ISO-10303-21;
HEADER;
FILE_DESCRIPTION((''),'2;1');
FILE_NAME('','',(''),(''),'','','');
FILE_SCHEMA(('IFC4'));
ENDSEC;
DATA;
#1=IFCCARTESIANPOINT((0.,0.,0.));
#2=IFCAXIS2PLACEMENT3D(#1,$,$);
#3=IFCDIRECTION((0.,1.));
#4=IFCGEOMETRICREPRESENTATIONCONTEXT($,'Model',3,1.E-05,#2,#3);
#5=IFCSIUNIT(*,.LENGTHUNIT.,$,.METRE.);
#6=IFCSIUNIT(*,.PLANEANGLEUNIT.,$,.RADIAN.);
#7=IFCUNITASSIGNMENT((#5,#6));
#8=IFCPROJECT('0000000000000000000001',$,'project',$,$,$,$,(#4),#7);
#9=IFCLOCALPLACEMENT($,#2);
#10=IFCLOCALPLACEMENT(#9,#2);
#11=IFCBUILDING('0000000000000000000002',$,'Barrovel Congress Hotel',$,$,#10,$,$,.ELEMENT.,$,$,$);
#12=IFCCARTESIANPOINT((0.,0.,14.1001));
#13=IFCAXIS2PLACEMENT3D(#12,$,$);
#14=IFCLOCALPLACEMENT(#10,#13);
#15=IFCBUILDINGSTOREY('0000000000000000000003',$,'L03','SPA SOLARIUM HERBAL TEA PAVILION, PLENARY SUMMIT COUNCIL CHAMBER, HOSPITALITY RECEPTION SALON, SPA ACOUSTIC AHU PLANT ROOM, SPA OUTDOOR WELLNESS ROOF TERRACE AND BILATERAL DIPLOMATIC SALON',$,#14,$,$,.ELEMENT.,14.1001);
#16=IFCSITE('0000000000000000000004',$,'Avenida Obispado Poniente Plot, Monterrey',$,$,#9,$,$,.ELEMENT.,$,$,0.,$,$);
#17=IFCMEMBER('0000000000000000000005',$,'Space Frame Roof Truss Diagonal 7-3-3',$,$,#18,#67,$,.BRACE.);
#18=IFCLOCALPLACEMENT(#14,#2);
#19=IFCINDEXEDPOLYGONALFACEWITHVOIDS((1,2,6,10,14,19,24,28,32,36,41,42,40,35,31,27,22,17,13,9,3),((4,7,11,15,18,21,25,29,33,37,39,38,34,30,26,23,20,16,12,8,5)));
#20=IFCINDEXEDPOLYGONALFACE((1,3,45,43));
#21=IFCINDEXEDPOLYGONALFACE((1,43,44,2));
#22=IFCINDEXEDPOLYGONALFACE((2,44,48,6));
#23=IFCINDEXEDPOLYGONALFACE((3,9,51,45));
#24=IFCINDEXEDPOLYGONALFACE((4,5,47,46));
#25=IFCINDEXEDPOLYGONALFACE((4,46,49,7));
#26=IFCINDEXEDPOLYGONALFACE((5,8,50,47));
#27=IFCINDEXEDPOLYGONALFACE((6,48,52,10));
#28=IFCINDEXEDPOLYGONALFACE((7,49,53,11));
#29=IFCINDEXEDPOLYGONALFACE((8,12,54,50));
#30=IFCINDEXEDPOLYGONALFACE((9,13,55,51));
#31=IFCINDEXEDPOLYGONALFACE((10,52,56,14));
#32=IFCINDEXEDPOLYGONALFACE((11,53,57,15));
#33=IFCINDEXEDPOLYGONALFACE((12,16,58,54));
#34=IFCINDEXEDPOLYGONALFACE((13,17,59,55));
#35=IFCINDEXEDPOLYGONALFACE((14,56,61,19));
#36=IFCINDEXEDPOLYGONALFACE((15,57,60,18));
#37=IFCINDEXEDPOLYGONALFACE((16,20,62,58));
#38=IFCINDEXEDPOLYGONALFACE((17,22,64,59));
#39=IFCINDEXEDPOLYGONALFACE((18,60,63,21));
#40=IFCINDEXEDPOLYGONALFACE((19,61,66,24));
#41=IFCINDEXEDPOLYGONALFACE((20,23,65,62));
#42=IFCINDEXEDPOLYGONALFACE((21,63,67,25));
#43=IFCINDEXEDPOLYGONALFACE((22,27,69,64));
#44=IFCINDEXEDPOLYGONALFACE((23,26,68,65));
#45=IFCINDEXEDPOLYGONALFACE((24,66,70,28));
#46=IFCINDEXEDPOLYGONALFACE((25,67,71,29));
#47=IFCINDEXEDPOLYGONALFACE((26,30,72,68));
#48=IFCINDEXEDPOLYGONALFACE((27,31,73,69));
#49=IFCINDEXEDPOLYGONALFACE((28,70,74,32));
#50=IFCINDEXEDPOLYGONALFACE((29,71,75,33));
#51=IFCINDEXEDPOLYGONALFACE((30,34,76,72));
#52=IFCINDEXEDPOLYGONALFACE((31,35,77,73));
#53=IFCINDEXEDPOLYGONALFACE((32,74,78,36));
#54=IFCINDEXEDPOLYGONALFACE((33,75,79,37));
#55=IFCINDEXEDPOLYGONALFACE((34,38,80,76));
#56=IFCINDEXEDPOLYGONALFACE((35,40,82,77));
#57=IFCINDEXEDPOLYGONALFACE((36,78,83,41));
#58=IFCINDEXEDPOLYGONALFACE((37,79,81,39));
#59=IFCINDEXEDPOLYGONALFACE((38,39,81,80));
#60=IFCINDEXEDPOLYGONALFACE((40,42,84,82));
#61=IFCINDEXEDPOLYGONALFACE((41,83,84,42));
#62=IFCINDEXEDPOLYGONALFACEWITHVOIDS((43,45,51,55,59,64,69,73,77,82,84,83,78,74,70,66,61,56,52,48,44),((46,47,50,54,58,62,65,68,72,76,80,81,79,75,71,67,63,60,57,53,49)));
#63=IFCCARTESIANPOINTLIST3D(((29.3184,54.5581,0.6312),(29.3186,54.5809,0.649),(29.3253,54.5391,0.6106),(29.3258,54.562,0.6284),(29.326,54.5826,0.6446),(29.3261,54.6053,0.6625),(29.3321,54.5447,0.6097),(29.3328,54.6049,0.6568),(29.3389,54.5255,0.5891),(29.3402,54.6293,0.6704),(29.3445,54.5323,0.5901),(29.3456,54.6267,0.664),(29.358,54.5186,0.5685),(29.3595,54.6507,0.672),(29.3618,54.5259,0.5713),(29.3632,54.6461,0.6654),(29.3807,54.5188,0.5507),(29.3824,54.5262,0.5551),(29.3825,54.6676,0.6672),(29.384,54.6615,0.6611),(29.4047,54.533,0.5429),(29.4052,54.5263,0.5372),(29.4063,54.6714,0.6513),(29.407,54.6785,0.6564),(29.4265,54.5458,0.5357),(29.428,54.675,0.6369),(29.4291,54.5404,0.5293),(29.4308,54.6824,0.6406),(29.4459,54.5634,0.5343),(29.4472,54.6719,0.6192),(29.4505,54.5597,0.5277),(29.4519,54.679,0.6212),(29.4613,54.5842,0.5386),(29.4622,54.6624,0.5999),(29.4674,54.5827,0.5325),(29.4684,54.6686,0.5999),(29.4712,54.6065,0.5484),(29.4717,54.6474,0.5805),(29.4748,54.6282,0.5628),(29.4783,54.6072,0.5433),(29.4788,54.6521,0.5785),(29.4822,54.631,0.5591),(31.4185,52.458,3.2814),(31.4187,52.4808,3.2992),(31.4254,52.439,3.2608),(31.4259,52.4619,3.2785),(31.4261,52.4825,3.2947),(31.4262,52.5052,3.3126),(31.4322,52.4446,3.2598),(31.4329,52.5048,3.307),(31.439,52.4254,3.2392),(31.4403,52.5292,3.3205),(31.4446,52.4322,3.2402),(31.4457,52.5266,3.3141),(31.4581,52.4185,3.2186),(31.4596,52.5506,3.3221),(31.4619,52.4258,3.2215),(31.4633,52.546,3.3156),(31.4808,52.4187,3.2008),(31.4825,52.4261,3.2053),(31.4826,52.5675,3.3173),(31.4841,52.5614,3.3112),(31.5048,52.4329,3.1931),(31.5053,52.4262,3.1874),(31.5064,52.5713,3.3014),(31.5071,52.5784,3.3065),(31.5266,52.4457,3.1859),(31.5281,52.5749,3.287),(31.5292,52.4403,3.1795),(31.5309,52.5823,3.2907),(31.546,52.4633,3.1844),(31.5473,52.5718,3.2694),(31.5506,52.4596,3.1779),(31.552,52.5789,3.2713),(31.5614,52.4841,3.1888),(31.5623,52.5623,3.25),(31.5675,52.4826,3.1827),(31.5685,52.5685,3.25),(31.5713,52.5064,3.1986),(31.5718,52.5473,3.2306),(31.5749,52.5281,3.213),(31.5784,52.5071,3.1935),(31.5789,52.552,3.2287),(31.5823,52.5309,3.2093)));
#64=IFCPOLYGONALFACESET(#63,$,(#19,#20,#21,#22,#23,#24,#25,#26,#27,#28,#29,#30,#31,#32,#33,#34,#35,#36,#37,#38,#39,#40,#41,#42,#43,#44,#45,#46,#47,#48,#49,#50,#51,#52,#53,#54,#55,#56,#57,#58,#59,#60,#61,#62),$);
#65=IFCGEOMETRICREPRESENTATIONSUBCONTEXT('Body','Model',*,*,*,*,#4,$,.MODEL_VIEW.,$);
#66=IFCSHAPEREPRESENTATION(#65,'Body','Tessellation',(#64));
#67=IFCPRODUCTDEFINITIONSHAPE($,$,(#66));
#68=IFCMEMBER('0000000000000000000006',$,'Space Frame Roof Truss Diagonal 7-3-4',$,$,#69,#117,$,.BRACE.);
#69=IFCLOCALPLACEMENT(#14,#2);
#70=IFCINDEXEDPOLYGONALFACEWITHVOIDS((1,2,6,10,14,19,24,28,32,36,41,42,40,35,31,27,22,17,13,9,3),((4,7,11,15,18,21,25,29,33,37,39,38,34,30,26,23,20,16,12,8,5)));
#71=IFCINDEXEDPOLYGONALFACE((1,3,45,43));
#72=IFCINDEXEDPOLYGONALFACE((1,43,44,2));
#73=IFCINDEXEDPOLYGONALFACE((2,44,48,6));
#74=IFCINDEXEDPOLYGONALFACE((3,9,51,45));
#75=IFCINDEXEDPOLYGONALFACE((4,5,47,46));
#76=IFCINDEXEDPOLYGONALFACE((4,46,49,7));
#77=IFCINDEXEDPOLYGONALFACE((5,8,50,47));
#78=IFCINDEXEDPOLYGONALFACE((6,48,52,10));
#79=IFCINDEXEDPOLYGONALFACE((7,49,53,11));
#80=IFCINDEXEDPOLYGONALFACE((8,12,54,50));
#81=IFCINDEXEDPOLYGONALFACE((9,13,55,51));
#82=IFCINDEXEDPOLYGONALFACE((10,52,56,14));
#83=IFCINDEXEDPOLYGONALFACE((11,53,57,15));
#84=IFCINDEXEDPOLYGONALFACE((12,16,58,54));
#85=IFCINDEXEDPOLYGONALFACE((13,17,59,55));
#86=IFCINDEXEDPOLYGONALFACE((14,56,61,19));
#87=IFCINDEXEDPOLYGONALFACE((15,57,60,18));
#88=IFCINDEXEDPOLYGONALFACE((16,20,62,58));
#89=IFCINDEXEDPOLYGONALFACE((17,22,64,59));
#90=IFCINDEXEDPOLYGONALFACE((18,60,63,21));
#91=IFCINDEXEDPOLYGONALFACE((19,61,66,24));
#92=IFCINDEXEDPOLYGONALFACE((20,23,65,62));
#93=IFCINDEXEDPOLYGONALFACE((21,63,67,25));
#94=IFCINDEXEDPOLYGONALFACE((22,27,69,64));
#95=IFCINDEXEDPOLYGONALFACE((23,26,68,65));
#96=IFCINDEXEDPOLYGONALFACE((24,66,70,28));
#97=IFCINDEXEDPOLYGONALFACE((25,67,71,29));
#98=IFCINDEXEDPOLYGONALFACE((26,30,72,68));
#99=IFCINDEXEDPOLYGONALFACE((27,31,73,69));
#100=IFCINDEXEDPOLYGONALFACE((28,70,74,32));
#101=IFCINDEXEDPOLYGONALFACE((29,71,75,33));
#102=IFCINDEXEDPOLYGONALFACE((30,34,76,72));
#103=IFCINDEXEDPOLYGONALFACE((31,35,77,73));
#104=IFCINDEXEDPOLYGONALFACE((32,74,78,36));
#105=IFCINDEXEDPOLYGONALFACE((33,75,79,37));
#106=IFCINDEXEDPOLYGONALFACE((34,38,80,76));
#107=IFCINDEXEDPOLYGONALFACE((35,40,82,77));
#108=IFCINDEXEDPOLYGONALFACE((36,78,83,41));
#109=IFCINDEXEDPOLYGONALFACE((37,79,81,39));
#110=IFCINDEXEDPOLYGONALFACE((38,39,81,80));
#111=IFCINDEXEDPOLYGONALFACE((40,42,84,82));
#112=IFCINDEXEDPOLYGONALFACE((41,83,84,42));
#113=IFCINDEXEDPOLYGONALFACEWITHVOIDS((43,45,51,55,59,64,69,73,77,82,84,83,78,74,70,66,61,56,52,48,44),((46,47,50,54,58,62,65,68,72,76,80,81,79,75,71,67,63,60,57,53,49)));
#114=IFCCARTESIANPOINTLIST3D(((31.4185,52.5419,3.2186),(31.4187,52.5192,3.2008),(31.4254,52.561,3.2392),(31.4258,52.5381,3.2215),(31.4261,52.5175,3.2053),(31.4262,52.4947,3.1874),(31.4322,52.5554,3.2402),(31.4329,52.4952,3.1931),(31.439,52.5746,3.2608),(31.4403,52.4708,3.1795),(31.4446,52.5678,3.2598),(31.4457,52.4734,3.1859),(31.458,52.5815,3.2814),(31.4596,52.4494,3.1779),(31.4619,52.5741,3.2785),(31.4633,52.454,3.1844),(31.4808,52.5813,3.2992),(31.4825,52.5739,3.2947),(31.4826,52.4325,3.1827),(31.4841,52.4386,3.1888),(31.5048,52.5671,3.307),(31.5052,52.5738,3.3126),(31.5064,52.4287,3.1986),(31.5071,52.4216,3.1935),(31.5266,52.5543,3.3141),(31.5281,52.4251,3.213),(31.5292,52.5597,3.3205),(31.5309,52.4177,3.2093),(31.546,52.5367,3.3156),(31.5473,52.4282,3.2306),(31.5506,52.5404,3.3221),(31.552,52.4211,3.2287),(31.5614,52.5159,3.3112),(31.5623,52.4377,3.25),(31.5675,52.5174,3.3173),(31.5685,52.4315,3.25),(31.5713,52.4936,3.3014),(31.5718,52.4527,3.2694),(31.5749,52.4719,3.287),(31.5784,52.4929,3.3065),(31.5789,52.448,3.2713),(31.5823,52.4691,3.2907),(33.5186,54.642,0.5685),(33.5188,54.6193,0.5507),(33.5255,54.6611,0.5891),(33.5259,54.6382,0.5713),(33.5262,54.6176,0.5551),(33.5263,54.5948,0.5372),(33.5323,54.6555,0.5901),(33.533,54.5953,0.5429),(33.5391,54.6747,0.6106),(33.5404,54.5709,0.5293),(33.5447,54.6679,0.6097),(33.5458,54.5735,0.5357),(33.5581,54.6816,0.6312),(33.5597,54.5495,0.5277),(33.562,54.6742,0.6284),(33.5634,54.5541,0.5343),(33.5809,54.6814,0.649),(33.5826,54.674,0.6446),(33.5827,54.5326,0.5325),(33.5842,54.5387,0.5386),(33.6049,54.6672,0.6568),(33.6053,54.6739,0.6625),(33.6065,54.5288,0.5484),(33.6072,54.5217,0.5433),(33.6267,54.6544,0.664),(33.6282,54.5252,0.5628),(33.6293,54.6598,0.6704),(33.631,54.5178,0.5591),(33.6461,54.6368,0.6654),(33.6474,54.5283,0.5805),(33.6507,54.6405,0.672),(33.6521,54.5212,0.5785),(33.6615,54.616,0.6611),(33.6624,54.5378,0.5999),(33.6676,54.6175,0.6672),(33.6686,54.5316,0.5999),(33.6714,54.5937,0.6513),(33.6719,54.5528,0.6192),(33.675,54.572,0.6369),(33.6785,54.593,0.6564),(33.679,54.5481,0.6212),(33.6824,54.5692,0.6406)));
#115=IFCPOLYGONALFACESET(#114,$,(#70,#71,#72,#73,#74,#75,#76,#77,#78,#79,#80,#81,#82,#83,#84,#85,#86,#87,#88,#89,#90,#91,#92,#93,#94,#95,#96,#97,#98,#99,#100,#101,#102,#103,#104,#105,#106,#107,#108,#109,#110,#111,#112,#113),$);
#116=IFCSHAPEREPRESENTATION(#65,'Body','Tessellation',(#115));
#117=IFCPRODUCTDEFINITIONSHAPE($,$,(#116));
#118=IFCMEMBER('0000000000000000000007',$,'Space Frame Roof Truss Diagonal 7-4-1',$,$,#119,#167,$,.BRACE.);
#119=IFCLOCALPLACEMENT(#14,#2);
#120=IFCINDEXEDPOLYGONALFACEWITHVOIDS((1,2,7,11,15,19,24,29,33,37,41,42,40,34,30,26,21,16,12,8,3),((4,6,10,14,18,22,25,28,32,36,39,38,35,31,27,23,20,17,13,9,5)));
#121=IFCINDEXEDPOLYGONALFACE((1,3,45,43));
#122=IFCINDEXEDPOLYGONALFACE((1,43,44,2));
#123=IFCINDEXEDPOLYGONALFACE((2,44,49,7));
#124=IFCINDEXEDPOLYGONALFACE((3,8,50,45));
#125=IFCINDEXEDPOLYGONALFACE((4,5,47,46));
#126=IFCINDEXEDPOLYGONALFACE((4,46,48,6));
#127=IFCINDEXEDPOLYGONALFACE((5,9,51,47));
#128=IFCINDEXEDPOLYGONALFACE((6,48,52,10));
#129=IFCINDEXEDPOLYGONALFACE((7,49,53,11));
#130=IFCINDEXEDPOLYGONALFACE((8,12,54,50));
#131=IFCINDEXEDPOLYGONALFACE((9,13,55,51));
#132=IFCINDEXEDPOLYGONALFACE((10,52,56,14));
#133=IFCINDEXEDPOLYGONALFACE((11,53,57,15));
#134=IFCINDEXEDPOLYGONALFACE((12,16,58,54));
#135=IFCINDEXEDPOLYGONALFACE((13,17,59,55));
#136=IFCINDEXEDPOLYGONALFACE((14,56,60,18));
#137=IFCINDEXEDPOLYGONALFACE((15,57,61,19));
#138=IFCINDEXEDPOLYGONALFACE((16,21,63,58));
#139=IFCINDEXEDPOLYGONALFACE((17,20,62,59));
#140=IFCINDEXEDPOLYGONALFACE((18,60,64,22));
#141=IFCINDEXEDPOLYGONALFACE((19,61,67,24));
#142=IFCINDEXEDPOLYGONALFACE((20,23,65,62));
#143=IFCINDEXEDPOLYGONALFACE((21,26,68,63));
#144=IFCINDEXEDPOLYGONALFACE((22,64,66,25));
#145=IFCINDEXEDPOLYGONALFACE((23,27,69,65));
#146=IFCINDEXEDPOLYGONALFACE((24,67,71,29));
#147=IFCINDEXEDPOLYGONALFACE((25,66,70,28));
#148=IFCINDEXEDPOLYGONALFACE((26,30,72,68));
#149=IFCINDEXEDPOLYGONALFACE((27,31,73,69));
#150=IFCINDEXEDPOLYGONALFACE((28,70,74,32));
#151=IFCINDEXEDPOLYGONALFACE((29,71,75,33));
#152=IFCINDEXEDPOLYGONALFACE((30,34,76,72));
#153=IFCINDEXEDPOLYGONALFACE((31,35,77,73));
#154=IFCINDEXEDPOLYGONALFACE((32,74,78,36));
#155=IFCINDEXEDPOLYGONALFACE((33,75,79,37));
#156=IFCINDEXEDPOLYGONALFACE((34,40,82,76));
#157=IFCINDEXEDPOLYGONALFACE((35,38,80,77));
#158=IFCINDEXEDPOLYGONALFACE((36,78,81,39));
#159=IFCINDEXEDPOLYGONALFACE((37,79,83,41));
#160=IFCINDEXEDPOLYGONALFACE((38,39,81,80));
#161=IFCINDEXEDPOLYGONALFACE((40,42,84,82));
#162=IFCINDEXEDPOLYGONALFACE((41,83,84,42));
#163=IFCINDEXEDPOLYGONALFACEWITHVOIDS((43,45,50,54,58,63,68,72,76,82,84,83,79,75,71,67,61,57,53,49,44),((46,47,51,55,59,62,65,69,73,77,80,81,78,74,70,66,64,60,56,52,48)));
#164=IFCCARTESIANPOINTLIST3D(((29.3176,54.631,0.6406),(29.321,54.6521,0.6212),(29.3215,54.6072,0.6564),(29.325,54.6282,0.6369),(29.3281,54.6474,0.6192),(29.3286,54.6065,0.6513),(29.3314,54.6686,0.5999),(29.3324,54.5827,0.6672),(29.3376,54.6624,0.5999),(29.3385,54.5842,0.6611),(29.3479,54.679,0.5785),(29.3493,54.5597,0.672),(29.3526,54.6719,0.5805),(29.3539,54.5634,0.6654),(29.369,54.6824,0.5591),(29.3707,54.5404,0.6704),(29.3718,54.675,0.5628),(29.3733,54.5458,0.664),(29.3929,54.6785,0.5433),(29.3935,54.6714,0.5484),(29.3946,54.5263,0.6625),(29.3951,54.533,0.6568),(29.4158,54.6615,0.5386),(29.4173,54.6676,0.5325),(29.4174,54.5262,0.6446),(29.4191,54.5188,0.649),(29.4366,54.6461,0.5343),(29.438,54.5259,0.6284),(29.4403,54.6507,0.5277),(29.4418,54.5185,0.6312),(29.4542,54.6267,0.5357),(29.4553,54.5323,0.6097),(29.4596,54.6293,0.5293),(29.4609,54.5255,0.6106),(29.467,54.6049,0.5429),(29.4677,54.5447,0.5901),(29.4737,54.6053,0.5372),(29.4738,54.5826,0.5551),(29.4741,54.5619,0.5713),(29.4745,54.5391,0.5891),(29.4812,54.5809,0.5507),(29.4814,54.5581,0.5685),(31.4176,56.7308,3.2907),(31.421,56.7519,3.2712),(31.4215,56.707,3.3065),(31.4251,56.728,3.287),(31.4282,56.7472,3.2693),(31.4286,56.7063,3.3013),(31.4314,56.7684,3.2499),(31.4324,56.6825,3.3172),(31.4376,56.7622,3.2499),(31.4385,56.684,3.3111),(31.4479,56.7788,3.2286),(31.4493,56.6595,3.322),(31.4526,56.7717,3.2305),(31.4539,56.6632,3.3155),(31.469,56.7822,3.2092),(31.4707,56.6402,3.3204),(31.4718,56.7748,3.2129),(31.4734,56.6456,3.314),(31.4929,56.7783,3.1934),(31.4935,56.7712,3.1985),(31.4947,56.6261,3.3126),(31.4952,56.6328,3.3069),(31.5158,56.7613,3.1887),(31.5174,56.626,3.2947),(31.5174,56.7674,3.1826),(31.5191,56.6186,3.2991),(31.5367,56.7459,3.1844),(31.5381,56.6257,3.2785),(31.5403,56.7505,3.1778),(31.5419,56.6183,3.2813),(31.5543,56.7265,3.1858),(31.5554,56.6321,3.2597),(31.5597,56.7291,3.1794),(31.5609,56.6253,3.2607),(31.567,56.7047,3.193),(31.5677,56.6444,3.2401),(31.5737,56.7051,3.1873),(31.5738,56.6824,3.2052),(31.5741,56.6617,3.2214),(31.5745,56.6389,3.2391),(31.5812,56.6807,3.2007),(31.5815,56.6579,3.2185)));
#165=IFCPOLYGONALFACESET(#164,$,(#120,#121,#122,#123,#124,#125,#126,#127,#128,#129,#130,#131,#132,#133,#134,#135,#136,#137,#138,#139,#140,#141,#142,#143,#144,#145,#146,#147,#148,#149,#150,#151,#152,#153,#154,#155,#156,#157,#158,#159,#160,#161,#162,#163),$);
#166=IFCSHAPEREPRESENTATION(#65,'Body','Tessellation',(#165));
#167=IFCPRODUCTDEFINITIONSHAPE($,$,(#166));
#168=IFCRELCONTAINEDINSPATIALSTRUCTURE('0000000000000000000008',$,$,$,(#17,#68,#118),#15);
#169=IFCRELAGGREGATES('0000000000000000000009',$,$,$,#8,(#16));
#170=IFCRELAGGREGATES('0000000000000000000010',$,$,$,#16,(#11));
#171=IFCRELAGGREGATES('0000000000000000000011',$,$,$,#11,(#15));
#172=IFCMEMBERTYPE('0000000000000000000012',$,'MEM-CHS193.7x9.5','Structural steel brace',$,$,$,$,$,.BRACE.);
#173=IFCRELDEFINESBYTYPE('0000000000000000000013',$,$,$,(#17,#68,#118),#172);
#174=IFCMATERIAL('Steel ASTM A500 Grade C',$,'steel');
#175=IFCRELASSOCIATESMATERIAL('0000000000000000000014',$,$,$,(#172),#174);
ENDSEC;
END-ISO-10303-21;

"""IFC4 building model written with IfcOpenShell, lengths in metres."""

from ifc_helpers import new_model, si_unit, direction, frame, origin, origin_2d, place, context, subcontext, project, spatial, hollow_circle, extrude, material, material_profile, profile_set, type_object, element, save


model = new_model("IFC4")

# Units and contexts
model_context = context("Model", 3, precision=1e-05, world=origin(), true_north=direction((0.0, 1.0)))
body_context = subcontext(model_context, "Body", "Model", "MODEL_VIEW")
ifc_project = project(units=[si_unit("LENGTHUNIT", "METRE"), si_unit("PLANEANGLEUNIT", "RADIAN")], contexts=[model_context])

# Site, building, storey
site_placement = place(None, origin())
site = spatial("IfcSite", under=ifc_project, at=site_placement, Name="Avenida Obispado Poniente Plot, Monterrey", CompositionType="ELEMENT", RefElevation=0.0)
building_placement = place(site_placement, origin())
building = spatial("IfcBuilding", under=site, at=building_placement, Name="Barrovel Congress Hotel", CompositionType="ELEMENT")
storey_placement = place(building_placement, frame((0.0, 0.0, 14.1001)))
storey = spatial("IfcBuildingStorey", under=building, at=storey_placement, Name="L03", Description="SPA SOLARIUM HERBAL TEA PAVILION, PLENARY SUMMIT COUNCIL CHAMBER, HOSPITALITY RECEPTION SALON, SPA ACOUSTIC AHU PLANT ROOM, SPA OUTDOOR WELLNESS ROOF TERRACE AND BILATERAL DIPLOMATIC SALON", CompositionType="ELEMENT", Elevation=14.1001)

# Members
ifc_material_1 = material(Name="Steel ASTM A500 Grade C", Category="steel")
ifc_material_profile_1 = material_profile(ifc_material_1, hollow_circle(Radius=0.0969, WallThickness=0.0088, at=origin_2d()), Name="CHS193.7x9.5")
ifc_profile_set_1 = profile_set([ifc_material_profile_1], Name="Steel ASTM A500 Grade C")
member_type_1 = type_object("IfcMemberType", Name="MEM-CHS193.7x9.5", Description="Structural steel brace", PredefinedType="BRACE", material=ifc_profile_set_1)
for number, where, z_axis, x_axis, name in (
    (1, (29.3999, 54.6001, 0.5999), (0.527601, -0.527601, 0.665788), (0.707107, 0.707107, 0.0), "Space Frame Roof Truss Diagonal 7-3-3"),
    (2, (33.6001, 54.6001, 0.5999), (-0.527601, -0.527601, 0.665788), (0.707107, -0.707107, 0.0), "Space Frame Roof Truss Diagonal 7-3-4"),
):
    element("IfcMember", number, at=place(storey_placement, frame(where, z_axis=z_axis, x_axis=x_axis)), inside=storey, type_object=member_type_1, Name=name, PredefinedType="BRACE", context=body_context, shape_type="SweptSolid", body=[
        extrude(hollow_circle(Radius=0.0969, WallThickness=0.0088, at=origin_2d()), origin(), (0.0, 0.0, 1.0), 3.9805),
    ])
for number, where, z_axis, x_axis, name in (
    (3, (29.3999, 54.6001, 0.5999), (0.527618, 0.527557, 0.66581), (-0.707066, 0.707148, 0.0), "Space Frame Roof Truss Diagonal 7-4-1"),
):
    element("IfcMember", number, at=place(storey_placement, frame(where, z_axis=z_axis, x_axis=x_axis)), inside=storey, type_object=member_type_1, Name=name, PredefinedType="BRACE", context=body_context, shape_type="SweptSolid", body=[
        extrude(hollow_circle(Radius=0.0969, WallThickness=0.0088, at=origin_2d()), origin(), (0.0, 0.0, 1.0), 3.9802),
    ])

save(model, "model.ifc")
